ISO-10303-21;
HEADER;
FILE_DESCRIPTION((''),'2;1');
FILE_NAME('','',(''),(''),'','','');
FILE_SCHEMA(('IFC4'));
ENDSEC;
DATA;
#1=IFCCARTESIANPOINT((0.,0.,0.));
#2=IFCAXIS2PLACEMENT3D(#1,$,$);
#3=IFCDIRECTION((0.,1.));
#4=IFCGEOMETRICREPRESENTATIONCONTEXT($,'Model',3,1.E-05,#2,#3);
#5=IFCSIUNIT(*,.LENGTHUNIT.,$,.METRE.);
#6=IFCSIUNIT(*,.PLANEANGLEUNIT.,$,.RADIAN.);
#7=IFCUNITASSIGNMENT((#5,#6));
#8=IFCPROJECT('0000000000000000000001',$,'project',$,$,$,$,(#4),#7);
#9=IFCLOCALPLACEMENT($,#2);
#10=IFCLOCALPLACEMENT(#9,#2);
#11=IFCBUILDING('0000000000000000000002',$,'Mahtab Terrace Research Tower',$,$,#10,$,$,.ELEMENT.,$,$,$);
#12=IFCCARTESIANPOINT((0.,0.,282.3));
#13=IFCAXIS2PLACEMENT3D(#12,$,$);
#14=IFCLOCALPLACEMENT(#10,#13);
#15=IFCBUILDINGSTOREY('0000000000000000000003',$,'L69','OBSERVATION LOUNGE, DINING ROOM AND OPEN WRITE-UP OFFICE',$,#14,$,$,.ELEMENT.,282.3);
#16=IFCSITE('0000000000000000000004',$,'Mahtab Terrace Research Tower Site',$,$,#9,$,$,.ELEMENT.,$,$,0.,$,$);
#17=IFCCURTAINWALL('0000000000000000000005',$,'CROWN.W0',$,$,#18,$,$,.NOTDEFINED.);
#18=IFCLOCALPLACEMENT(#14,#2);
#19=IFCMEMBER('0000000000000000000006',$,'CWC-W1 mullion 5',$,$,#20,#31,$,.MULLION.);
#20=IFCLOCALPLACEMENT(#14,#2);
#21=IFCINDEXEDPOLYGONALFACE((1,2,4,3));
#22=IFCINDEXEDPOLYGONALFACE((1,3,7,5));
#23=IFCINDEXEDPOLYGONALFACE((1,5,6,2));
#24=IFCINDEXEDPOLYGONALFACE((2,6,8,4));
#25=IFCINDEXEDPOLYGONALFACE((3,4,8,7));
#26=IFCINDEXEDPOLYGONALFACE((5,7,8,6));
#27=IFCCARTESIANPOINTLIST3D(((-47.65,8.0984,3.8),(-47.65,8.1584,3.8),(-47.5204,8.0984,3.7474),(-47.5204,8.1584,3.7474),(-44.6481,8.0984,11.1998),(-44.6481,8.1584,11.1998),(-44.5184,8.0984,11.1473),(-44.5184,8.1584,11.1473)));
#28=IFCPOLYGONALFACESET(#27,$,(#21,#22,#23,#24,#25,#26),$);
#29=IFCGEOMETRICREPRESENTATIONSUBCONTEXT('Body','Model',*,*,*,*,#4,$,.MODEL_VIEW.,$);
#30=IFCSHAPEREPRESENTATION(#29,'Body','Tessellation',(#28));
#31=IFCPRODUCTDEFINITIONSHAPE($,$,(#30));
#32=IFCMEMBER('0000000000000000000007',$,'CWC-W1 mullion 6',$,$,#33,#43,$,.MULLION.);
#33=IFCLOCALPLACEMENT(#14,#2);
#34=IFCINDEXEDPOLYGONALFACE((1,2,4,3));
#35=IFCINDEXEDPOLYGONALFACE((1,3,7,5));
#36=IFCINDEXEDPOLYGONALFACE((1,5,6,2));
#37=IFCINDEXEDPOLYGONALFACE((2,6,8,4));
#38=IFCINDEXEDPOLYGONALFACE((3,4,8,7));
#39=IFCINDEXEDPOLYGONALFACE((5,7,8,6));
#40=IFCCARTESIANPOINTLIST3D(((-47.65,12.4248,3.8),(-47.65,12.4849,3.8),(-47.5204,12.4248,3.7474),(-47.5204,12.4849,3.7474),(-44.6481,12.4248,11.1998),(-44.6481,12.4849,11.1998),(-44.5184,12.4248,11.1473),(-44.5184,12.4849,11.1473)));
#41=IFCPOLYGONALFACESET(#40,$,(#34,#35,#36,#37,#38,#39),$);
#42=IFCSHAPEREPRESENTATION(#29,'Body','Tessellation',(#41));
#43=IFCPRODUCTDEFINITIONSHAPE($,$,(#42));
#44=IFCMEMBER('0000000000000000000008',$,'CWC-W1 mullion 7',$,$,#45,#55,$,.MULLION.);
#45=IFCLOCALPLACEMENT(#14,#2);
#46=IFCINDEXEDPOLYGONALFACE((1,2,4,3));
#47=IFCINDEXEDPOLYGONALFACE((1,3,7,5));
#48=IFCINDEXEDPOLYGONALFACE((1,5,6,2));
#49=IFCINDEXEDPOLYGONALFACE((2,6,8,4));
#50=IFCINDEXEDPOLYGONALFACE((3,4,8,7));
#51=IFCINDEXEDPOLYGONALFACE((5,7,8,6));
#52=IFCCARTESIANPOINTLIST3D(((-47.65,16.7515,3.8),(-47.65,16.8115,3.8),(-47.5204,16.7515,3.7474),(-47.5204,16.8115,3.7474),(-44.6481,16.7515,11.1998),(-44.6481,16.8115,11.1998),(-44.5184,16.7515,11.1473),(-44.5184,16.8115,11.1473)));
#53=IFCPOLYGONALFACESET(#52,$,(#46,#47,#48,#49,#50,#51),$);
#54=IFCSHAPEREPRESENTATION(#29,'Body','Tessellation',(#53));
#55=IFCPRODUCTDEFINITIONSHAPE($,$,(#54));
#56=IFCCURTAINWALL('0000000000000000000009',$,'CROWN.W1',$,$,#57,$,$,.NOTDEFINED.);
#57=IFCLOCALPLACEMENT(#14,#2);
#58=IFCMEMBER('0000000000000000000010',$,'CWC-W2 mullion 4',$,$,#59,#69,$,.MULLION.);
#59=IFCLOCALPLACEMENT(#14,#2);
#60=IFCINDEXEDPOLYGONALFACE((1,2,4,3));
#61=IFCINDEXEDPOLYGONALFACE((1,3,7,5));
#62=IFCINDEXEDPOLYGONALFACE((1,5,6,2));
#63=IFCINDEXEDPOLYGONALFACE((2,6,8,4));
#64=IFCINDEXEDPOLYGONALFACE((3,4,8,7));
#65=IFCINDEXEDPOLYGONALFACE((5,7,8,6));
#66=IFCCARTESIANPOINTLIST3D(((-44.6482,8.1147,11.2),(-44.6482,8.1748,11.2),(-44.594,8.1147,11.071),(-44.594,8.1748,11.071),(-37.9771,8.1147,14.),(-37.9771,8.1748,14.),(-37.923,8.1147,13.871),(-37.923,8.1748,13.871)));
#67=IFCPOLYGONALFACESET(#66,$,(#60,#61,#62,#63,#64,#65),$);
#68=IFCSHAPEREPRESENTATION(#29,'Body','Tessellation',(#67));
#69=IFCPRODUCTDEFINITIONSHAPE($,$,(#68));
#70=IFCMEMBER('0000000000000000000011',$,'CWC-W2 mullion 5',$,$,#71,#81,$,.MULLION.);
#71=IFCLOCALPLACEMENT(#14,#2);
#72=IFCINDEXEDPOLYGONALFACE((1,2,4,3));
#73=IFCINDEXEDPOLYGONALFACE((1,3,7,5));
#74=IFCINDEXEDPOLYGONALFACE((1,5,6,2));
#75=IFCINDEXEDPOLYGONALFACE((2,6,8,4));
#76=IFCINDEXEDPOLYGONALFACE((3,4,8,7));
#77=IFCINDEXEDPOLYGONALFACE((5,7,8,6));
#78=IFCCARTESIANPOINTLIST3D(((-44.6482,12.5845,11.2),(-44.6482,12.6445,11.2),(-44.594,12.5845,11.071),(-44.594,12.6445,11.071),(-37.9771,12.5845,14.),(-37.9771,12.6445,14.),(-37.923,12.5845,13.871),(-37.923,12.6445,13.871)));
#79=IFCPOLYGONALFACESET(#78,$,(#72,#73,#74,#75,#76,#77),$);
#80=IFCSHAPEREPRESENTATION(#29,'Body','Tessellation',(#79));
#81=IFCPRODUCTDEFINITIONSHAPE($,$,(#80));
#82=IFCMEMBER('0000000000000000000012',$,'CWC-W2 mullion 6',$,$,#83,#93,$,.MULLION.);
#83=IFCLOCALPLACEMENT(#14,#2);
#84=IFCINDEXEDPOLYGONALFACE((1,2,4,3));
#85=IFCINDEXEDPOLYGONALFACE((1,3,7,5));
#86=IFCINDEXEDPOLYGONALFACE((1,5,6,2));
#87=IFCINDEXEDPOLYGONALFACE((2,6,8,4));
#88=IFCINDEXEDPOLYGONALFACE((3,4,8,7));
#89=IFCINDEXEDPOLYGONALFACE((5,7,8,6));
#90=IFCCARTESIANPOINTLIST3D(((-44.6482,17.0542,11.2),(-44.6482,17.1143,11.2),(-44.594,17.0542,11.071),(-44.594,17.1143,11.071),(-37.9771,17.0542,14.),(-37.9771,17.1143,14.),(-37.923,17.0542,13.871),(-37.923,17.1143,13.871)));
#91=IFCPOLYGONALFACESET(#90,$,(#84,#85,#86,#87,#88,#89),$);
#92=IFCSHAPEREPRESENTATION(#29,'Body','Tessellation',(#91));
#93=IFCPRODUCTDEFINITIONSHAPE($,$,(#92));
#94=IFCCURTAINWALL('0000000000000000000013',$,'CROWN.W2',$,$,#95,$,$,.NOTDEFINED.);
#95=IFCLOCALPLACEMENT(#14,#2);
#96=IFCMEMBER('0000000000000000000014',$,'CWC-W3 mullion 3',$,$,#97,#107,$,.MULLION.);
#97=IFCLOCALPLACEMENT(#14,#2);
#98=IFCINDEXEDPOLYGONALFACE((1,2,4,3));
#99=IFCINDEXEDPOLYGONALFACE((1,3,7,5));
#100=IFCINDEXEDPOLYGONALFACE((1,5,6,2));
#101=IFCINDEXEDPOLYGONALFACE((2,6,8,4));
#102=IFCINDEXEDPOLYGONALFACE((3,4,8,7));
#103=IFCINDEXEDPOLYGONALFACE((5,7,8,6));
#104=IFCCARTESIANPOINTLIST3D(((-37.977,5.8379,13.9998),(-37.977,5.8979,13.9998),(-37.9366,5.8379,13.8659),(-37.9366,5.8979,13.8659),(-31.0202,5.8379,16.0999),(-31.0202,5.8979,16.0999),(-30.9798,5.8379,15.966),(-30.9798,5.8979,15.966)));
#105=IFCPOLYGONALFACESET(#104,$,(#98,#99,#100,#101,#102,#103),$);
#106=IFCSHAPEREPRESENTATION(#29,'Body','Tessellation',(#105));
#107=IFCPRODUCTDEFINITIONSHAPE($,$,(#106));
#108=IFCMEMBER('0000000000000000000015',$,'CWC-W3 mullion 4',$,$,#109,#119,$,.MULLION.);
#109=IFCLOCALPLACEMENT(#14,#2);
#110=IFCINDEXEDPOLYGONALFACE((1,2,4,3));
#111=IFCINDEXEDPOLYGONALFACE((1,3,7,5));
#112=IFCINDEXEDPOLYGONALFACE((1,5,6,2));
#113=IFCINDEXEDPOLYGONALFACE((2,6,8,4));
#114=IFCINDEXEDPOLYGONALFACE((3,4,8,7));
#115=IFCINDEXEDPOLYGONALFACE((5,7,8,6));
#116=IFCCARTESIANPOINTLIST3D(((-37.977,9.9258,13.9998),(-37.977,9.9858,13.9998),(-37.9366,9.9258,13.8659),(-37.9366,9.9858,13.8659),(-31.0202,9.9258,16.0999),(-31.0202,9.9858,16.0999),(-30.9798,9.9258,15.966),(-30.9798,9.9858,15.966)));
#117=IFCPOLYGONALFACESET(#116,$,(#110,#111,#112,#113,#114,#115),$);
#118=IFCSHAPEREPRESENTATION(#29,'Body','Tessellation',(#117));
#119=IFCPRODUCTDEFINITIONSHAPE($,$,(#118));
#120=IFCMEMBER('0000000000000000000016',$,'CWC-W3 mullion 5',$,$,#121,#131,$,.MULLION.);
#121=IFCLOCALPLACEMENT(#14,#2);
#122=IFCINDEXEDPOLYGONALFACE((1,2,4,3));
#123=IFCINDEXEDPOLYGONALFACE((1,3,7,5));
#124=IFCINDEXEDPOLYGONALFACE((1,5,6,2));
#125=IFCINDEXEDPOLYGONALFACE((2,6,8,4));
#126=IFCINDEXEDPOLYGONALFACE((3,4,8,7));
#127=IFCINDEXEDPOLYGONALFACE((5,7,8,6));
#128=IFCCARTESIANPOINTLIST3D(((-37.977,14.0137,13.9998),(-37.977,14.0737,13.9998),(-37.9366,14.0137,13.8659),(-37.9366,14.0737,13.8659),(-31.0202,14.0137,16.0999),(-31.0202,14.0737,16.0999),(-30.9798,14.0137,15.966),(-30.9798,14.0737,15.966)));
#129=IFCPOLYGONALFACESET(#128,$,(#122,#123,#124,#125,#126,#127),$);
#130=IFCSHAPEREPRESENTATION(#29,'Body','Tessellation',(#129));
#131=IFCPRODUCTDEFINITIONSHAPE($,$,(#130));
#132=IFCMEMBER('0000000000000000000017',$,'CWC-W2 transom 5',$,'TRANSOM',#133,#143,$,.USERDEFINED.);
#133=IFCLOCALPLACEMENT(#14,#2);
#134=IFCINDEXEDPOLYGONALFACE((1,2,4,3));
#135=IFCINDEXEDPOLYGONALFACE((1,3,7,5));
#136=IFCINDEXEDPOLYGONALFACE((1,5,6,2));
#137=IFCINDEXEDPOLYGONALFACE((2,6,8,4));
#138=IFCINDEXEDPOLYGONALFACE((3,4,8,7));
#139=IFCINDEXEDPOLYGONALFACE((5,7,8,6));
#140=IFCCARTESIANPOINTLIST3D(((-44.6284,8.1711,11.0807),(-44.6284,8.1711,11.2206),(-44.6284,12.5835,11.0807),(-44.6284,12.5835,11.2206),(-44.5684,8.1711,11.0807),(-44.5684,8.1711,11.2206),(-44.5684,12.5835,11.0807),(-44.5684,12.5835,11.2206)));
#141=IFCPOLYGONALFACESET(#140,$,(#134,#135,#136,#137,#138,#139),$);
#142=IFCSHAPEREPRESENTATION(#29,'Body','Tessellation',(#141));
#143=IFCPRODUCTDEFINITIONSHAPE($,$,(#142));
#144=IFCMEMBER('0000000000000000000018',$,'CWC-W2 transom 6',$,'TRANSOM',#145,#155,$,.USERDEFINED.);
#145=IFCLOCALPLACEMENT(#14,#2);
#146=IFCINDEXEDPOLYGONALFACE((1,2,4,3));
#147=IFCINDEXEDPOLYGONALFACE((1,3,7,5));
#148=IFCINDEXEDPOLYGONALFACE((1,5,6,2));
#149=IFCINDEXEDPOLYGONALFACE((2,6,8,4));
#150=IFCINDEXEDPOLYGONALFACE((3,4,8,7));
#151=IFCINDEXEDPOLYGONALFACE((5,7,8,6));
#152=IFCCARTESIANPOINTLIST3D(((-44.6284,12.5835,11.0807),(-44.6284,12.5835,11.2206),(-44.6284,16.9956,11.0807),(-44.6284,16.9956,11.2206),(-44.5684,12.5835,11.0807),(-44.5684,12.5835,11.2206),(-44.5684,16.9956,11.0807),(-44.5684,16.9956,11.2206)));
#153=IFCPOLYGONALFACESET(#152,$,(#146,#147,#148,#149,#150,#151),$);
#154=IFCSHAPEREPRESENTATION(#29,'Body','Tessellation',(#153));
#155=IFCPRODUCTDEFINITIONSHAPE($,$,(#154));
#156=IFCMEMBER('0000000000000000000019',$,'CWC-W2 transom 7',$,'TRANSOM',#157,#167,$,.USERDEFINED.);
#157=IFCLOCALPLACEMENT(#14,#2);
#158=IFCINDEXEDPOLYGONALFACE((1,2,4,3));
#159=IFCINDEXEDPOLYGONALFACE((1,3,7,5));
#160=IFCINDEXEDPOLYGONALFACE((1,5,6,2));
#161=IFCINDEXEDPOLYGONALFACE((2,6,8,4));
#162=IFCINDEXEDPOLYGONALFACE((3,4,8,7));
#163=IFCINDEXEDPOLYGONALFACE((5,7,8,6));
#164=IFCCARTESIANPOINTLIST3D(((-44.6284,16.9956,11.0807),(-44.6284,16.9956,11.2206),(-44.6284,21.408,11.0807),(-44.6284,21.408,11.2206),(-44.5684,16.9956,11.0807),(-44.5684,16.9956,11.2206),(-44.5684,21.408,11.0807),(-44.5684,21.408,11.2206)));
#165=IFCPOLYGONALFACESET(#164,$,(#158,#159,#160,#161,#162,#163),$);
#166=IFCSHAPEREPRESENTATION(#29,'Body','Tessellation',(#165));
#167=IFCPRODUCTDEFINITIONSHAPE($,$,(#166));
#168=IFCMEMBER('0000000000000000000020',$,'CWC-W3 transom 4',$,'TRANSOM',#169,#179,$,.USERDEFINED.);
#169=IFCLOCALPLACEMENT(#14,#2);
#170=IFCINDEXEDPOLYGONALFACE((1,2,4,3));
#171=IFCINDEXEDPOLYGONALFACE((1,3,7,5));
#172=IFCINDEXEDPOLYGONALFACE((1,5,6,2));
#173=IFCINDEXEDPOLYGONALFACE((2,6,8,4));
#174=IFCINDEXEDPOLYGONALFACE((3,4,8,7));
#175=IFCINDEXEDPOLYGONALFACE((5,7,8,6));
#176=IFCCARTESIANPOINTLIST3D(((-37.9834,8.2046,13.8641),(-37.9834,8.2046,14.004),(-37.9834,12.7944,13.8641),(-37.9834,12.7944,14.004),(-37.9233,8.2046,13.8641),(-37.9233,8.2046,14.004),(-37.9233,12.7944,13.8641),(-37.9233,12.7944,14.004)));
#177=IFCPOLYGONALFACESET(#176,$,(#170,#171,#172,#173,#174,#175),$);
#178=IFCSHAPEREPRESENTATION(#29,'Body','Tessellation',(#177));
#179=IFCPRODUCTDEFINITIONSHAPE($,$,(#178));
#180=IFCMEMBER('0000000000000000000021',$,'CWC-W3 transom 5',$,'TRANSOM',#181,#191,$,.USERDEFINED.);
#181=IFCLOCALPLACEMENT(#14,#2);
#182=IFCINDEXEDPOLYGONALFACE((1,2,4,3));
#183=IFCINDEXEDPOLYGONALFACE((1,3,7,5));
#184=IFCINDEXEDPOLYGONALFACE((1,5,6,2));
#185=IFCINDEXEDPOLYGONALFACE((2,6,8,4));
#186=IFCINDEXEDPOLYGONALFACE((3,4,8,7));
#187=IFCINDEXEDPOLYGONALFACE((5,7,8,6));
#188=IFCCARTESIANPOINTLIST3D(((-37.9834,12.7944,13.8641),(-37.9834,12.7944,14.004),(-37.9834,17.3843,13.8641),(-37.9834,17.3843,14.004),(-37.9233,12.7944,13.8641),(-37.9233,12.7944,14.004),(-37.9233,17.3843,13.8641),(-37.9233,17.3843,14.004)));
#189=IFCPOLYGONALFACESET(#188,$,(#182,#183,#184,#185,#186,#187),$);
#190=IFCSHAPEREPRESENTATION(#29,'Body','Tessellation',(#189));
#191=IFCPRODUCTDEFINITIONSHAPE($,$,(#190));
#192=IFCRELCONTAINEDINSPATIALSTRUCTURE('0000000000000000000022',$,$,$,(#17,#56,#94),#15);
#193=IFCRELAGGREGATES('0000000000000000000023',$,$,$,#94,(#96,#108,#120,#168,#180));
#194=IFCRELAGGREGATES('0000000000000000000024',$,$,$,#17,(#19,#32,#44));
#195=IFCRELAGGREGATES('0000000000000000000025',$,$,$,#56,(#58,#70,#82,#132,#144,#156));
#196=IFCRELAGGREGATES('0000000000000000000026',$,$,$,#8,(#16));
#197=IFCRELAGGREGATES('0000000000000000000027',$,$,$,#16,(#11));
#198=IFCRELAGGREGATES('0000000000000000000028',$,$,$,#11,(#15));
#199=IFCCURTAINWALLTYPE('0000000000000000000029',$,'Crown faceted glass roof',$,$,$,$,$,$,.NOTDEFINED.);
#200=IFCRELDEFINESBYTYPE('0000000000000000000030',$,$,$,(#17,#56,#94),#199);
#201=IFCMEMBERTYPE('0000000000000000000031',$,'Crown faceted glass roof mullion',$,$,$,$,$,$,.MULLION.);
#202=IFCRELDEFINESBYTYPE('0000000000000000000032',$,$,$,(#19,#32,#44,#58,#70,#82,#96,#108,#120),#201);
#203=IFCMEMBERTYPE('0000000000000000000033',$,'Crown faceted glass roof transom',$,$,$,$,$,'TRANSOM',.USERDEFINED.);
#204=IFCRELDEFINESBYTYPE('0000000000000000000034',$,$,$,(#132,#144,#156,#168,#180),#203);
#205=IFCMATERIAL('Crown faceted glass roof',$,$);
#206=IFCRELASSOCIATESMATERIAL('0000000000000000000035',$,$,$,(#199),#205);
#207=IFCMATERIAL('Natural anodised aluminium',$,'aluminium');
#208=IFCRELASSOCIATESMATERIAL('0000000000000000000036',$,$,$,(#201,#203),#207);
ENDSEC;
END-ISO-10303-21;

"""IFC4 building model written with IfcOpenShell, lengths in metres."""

from ifc_helpers import new_model, si_unit, direction, frame, origin, origin_2d, place, context, subcontext, project, spatial, rectangle, extrude, material, material_profile, profile_set, type_object, element, aggregate, save


model = new_model("IFC4")

# Units and contexts
model_context = context("Model", 3, precision=1e-05, world=origin(), true_north=direction((0.0, 1.0)))
body_context = subcontext(model_context, "Body", "Model", "MODEL_VIEW")
ifc_project = project(units=[si_unit("LENGTHUNIT", "METRE"), si_unit("PLANEANGLEUNIT", "RADIAN")], contexts=[model_context])

# Site, building, storey
site_placement = place(None, origin())
site = spatial("IfcSite", under=ifc_project, at=site_placement, Name="Mahtab Terrace Research Tower Site", CompositionType="ELEMENT", RefElevation=0.0)
building_placement = place(site_placement, origin())
building = spatial("IfcBuilding", under=site, at=building_placement, Name="Mahtab Terrace Research Tower", CompositionType="ELEMENT")
storey_placement = place(building_placement, frame((0.0, 0.0, 282.3)))
storey = spatial("IfcBuildingStorey", under=building, at=storey_placement, Name="L69", Description="OBSERVATION LOUNGE, DINING ROOM AND OPEN WRITE-UP OFFICE", CompositionType="ELEMENT", Elevation=282.3)

# Curtain walls, members
ifc_material_1 = material(Name="Crown faceted glass roof")
curtain_wall_type = type_object("IfcCurtainWallType", Name="Crown faceted glass roof", PredefinedType="NOTDEFINED", material=ifc_material_1)
curtain_wall_1_placement = place(storey_placement, origin())
curtain_wall_1 = element("IfcCurtainWall", 1, at=curtain_wall_1_placement, inside=storey, type_object=curtain_wall_type, Name="CROWN.W0", PredefinedType="NOTDEFINED")
ifc_material_2 = material(Name="Natural anodised aluminium", Category="aluminium")
ifc_material_profile_1 = material_profile(ifc_material_2, rectangle(XDim=0.0601, YDim=0.1399, at=origin_2d()), Name="MULLION 60x140")
ifc_profile_set_1 = profile_set([ifc_material_profile_1], Name="Natural anodised aluminium")
member_type_1 = type_object("IfcMemberType", Name="Crown faceted glass roof mullion", PredefinedType="MULLION", material=ifc_profile_set_1)
member_1_placement = place(storey_placement, frame((-47.5852, 8.1284, 3.7737), z_axis=(0.375919, 0.0, 0.926652), x_axis=(0.0, 1.0, 0.0)))
member_1 = element("IfcMember", 2, at=member_1_placement, type_object=member_type_1, Name="CWC-W1 mullion 5", PredefinedType="MULLION", context=body_context, shape_type="SweptSolid", body=[
    extrude(rectangle(XDim=0.0601, YDim=0.1399, at=origin_2d()), origin(), (0.0, 0.0, 1.0), 7.9856),
])
member_2_placement = place(storey_placement, frame((-47.5852, 12.4548, 3.7737), z_axis=(0.375919, 0.0, 0.926652), x_axis=(0.0, 1.0, 0.0)))
member_2 = element("IfcMember", 3, at=member_2_placement, type_object=member_type_1, Name="CWC-W1 mullion 6", PredefinedType="MULLION", context=body_context, shape_type="SweptSolid", body=[
    extrude(rectangle(XDim=0.0601, YDim=0.1399, at=origin_2d()), origin(), (0.0, 0.0, 1.0), 7.9856),
])
member_3_placement = place(storey_placement, frame((-47.5852, 16.7815, 3.7737), z_axis=(0.375919, 0.0, 0.926652), x_axis=(0.0, 1.0, 0.0)))
member_3 = element("IfcMember", 4, at=member_3_placement, type_object=member_type_1, Name="CWC-W1 mullion 7", PredefinedType="MULLION", context=body_context, shape_type="SweptSolid", body=[
    extrude(rectangle(XDim=0.0601, YDim=0.1399, at=origin_2d()), origin(), (0.0, 0.0, 1.0), 7.9856),
])
curtain_wall_2_placement = place(storey_placement, origin())
curtain_wall_2 = element("IfcCurtainWall", 5, at=curtain_wall_2_placement, inside=storey, type_object=curtain_wall_type, Name="CROWN.W1", PredefinedType="NOTDEFINED")
member_4_placement = place(storey_placement, frame((-44.6211, 8.1448, 11.1355), z_axis=(0.922072, 0.0, 0.387017), x_axis=(0.0, 1.0, 0.0)))
member_4 = element("IfcMember", 6, at=member_4_placement, type_object=member_type_1, Name="CWC-W2 mullion 4", PredefinedType="MULLION", context=body_context, shape_type="SweptSolid", body=[
    extrude(rectangle(XDim=0.0601, YDim=0.1399, at=origin_2d()), origin(), (0.0, 0.0, 1.0), 7.2349),
])
member_5_placement = place(storey_placement, frame((-44.6211, 12.6145, 11.1355), z_axis=(0.922072, 0.0, 0.387017), x_axis=(0.0, 1.0, 0.0)))
member_5 = element("IfcMember", 7, at=member_5_placement, type_object=member_type_1, Name="CWC-W2 mullion 5", PredefinedType="MULLION", context=body_context, shape_type="SweptSolid", body=[
    extrude(rectangle(XDim=0.0601, YDim=0.1399, at=origin_2d()), origin(), (0.0, 0.0, 1.0), 7.2349),
])
member_6_placement = place(storey_placement, frame((-44.6211, 17.0842, 11.1355), z_axis=(0.922072, 0.0, 0.387017), x_axis=(0.0, 1.0, 0.0)))
member_6 = element("IfcMember", 8, at=member_6_placement, type_object=member_type_1, Name="CWC-W2 mullion 6", PredefinedType="MULLION", context=body_context, shape_type="SweptSolid", body=[
    extrude(rectangle(XDim=0.0601, YDim=0.1399, at=origin_2d()), origin(), (0.0, 0.0, 1.0), 7.2349),
])
curtain_wall_3_placement = place(storey_placement, origin())
curtain_wall_3 = element("IfcCurtainWall", 9, at=curtain_wall_3_placement, inside=storey, type_object=curtain_wall_type, Name="CROWN.W2", PredefinedType="NOTDEFINED")
member_7_placement = place(storey_placement, frame((-37.9568, 5.8679, 13.9329), z_axis=(0.95733, 0.0, 0.288996), x_axis=(0.0, 1.0, 0.0)))
member_7 = element("IfcMember", 10, at=member_7_placement, type_object=member_type_1, Name="CWC-W3 mullion 3", PredefinedType="MULLION", context=body_context, shape_type="SweptSolid", body=[
    extrude(rectangle(XDim=0.0601, YDim=0.1399, at=origin_2d()), origin(), (0.0, 0.0, 1.0), 7.2668),
])
member_8_placement = place(storey_placement, frame((-37.9568, 9.9558, 13.9329), z_axis=(0.95733, 0.0, 0.288996), x_axis=(0.0, 1.0, 0.0)))
member_8 = element("IfcMember", 11, at=member_8_placement, type_object=member_type_1, Name="CWC-W3 mullion 4", PredefinedType="MULLION", context=body_context, shape_type="SweptSolid", body=[
    extrude(rectangle(XDim=0.0601, YDim=0.1399, at=origin_2d()), origin(), (0.0, 0.0, 1.0), 7.2668),
])
member_9_placement = place(storey_placement, frame((-37.9568, 14.0437, 13.9329), z_axis=(0.95733, 0.0, 0.288996), x_axis=(0.0, 1.0, 0.0)))
member_9 = element("IfcMember", 12, at=member_9_placement, type_object=member_type_1, Name="CWC-W3 mullion 5", PredefinedType="MULLION", context=body_context, shape_type="SweptSolid", body=[
    extrude(rectangle(XDim=0.0601, YDim=0.1399, at=origin_2d()), origin(), (0.0, 0.0, 1.0), 7.2668),
])

# Members
ifc_material_profile_2 = material_profile(ifc_material_2, rectangle(XDim=0.0601, YDim=0.1399, at=origin_2d()), Name="TRANSOM 60x140")
ifc_profile_set_2 = profile_set([ifc_material_profile_2], Name="Natural anodised aluminium")
member_type_2 = type_object("IfcMemberType", Name="Crown faceted glass roof transom", ElementType="TRANSOM", PredefinedType="USERDEFINED", material=ifc_profile_set_2)
member_10_placement = place(storey_placement, frame((-44.5984, 8.1711, 11.1506), z_axis=(0.0, 1.0, 0.0), x_axis=(-1.0, 0.0, 0.0)))
member_10 = element("IfcMember", 13, at=member_10_placement, type_object=member_type_2, Name="CWC-W2 transom 5", ObjectType="TRANSOM", PredefinedType="USERDEFINED", context=body_context, shape_type="SweptSolid", body=[
    extrude(rectangle(XDim=0.0601, YDim=0.1399, at=origin_2d()), origin(), (0.0, 0.0, 1.0), 4.4124),
])
member_11_placement = place(storey_placement, frame((-44.5984, 12.5835, 11.1506), z_axis=(0.0, 1.0, 0.0), x_axis=(-1.0, 0.0, 0.0)))
member_11 = element("IfcMember", 14, at=member_11_placement, type_object=member_type_2, Name="CWC-W2 transom 6", ObjectType="TRANSOM", PredefinedType="USERDEFINED", context=body_context, shape_type="SweptSolid", body=[
    extrude(rectangle(XDim=0.0601, YDim=0.1399, at=origin_2d()), origin(), (0.0, 0.0, 1.0), 4.4121),
])
member_12_placement = place(storey_placement, frame((-44.5984, 16.9956, 11.1506), z_axis=(0.0, 1.0, 0.0), x_axis=(-1.0, 0.0, 0.0)))
member_12 = element("IfcMember", 15, at=member_12_placement, type_object=member_type_2, Name="CWC-W2 transom 7", ObjectType="TRANSOM", PredefinedType="USERDEFINED", context=body_context, shape_type="SweptSolid", body=[
    extrude(rectangle(XDim=0.0601, YDim=0.1399, at=origin_2d()), origin(), (0.0, 0.0, 1.0), 4.4124),
])
member_13_placement = place(storey_placement, frame((-37.9534, 8.2046, 13.9341), z_axis=(0.0, 1.0, 0.0), x_axis=(-1.0, 0.0, 0.0)))
member_13 = element("IfcMember", 16, at=member_13_placement, type_object=member_type_2, Name="CWC-W3 transom 4", ObjectType="TRANSOM", PredefinedType="USERDEFINED", context=body_context, shape_type="SweptSolid", body=[
    extrude(rectangle(XDim=0.0601, YDim=0.1399, at=origin_2d()), origin(), (0.0, 0.0, 1.0), 4.5898),
])
member_14_placement = place(storey_placement, frame((-37.9534, 12.7944, 13.9341), z_axis=(0.0, 1.0, 0.0), x_axis=(-1.0, 0.0, 0.0)))
member_14 = element("IfcMember", 17, at=member_14_placement, type_object=member_type_2, Name="CWC-W3 transom 5", ObjectType="TRANSOM", PredefinedType="USERDEFINED", context=body_context, shape_type="SweptSolid", body=[
    extrude(rectangle(XDim=0.0601, YDim=0.1399, at=origin_2d()), origin(), (0.0, 0.0, 1.0), 4.5898),
])
aggregate(curtain_wall_3, [member_7, member_8, member_9, member_13, member_14])

aggregate(curtain_wall_1, [member_1, member_2, member_3])
aggregate(curtain_wall_2, [member_4, member_5, member_6, member_10, member_11, member_12])

save(model, "model.ifc")
